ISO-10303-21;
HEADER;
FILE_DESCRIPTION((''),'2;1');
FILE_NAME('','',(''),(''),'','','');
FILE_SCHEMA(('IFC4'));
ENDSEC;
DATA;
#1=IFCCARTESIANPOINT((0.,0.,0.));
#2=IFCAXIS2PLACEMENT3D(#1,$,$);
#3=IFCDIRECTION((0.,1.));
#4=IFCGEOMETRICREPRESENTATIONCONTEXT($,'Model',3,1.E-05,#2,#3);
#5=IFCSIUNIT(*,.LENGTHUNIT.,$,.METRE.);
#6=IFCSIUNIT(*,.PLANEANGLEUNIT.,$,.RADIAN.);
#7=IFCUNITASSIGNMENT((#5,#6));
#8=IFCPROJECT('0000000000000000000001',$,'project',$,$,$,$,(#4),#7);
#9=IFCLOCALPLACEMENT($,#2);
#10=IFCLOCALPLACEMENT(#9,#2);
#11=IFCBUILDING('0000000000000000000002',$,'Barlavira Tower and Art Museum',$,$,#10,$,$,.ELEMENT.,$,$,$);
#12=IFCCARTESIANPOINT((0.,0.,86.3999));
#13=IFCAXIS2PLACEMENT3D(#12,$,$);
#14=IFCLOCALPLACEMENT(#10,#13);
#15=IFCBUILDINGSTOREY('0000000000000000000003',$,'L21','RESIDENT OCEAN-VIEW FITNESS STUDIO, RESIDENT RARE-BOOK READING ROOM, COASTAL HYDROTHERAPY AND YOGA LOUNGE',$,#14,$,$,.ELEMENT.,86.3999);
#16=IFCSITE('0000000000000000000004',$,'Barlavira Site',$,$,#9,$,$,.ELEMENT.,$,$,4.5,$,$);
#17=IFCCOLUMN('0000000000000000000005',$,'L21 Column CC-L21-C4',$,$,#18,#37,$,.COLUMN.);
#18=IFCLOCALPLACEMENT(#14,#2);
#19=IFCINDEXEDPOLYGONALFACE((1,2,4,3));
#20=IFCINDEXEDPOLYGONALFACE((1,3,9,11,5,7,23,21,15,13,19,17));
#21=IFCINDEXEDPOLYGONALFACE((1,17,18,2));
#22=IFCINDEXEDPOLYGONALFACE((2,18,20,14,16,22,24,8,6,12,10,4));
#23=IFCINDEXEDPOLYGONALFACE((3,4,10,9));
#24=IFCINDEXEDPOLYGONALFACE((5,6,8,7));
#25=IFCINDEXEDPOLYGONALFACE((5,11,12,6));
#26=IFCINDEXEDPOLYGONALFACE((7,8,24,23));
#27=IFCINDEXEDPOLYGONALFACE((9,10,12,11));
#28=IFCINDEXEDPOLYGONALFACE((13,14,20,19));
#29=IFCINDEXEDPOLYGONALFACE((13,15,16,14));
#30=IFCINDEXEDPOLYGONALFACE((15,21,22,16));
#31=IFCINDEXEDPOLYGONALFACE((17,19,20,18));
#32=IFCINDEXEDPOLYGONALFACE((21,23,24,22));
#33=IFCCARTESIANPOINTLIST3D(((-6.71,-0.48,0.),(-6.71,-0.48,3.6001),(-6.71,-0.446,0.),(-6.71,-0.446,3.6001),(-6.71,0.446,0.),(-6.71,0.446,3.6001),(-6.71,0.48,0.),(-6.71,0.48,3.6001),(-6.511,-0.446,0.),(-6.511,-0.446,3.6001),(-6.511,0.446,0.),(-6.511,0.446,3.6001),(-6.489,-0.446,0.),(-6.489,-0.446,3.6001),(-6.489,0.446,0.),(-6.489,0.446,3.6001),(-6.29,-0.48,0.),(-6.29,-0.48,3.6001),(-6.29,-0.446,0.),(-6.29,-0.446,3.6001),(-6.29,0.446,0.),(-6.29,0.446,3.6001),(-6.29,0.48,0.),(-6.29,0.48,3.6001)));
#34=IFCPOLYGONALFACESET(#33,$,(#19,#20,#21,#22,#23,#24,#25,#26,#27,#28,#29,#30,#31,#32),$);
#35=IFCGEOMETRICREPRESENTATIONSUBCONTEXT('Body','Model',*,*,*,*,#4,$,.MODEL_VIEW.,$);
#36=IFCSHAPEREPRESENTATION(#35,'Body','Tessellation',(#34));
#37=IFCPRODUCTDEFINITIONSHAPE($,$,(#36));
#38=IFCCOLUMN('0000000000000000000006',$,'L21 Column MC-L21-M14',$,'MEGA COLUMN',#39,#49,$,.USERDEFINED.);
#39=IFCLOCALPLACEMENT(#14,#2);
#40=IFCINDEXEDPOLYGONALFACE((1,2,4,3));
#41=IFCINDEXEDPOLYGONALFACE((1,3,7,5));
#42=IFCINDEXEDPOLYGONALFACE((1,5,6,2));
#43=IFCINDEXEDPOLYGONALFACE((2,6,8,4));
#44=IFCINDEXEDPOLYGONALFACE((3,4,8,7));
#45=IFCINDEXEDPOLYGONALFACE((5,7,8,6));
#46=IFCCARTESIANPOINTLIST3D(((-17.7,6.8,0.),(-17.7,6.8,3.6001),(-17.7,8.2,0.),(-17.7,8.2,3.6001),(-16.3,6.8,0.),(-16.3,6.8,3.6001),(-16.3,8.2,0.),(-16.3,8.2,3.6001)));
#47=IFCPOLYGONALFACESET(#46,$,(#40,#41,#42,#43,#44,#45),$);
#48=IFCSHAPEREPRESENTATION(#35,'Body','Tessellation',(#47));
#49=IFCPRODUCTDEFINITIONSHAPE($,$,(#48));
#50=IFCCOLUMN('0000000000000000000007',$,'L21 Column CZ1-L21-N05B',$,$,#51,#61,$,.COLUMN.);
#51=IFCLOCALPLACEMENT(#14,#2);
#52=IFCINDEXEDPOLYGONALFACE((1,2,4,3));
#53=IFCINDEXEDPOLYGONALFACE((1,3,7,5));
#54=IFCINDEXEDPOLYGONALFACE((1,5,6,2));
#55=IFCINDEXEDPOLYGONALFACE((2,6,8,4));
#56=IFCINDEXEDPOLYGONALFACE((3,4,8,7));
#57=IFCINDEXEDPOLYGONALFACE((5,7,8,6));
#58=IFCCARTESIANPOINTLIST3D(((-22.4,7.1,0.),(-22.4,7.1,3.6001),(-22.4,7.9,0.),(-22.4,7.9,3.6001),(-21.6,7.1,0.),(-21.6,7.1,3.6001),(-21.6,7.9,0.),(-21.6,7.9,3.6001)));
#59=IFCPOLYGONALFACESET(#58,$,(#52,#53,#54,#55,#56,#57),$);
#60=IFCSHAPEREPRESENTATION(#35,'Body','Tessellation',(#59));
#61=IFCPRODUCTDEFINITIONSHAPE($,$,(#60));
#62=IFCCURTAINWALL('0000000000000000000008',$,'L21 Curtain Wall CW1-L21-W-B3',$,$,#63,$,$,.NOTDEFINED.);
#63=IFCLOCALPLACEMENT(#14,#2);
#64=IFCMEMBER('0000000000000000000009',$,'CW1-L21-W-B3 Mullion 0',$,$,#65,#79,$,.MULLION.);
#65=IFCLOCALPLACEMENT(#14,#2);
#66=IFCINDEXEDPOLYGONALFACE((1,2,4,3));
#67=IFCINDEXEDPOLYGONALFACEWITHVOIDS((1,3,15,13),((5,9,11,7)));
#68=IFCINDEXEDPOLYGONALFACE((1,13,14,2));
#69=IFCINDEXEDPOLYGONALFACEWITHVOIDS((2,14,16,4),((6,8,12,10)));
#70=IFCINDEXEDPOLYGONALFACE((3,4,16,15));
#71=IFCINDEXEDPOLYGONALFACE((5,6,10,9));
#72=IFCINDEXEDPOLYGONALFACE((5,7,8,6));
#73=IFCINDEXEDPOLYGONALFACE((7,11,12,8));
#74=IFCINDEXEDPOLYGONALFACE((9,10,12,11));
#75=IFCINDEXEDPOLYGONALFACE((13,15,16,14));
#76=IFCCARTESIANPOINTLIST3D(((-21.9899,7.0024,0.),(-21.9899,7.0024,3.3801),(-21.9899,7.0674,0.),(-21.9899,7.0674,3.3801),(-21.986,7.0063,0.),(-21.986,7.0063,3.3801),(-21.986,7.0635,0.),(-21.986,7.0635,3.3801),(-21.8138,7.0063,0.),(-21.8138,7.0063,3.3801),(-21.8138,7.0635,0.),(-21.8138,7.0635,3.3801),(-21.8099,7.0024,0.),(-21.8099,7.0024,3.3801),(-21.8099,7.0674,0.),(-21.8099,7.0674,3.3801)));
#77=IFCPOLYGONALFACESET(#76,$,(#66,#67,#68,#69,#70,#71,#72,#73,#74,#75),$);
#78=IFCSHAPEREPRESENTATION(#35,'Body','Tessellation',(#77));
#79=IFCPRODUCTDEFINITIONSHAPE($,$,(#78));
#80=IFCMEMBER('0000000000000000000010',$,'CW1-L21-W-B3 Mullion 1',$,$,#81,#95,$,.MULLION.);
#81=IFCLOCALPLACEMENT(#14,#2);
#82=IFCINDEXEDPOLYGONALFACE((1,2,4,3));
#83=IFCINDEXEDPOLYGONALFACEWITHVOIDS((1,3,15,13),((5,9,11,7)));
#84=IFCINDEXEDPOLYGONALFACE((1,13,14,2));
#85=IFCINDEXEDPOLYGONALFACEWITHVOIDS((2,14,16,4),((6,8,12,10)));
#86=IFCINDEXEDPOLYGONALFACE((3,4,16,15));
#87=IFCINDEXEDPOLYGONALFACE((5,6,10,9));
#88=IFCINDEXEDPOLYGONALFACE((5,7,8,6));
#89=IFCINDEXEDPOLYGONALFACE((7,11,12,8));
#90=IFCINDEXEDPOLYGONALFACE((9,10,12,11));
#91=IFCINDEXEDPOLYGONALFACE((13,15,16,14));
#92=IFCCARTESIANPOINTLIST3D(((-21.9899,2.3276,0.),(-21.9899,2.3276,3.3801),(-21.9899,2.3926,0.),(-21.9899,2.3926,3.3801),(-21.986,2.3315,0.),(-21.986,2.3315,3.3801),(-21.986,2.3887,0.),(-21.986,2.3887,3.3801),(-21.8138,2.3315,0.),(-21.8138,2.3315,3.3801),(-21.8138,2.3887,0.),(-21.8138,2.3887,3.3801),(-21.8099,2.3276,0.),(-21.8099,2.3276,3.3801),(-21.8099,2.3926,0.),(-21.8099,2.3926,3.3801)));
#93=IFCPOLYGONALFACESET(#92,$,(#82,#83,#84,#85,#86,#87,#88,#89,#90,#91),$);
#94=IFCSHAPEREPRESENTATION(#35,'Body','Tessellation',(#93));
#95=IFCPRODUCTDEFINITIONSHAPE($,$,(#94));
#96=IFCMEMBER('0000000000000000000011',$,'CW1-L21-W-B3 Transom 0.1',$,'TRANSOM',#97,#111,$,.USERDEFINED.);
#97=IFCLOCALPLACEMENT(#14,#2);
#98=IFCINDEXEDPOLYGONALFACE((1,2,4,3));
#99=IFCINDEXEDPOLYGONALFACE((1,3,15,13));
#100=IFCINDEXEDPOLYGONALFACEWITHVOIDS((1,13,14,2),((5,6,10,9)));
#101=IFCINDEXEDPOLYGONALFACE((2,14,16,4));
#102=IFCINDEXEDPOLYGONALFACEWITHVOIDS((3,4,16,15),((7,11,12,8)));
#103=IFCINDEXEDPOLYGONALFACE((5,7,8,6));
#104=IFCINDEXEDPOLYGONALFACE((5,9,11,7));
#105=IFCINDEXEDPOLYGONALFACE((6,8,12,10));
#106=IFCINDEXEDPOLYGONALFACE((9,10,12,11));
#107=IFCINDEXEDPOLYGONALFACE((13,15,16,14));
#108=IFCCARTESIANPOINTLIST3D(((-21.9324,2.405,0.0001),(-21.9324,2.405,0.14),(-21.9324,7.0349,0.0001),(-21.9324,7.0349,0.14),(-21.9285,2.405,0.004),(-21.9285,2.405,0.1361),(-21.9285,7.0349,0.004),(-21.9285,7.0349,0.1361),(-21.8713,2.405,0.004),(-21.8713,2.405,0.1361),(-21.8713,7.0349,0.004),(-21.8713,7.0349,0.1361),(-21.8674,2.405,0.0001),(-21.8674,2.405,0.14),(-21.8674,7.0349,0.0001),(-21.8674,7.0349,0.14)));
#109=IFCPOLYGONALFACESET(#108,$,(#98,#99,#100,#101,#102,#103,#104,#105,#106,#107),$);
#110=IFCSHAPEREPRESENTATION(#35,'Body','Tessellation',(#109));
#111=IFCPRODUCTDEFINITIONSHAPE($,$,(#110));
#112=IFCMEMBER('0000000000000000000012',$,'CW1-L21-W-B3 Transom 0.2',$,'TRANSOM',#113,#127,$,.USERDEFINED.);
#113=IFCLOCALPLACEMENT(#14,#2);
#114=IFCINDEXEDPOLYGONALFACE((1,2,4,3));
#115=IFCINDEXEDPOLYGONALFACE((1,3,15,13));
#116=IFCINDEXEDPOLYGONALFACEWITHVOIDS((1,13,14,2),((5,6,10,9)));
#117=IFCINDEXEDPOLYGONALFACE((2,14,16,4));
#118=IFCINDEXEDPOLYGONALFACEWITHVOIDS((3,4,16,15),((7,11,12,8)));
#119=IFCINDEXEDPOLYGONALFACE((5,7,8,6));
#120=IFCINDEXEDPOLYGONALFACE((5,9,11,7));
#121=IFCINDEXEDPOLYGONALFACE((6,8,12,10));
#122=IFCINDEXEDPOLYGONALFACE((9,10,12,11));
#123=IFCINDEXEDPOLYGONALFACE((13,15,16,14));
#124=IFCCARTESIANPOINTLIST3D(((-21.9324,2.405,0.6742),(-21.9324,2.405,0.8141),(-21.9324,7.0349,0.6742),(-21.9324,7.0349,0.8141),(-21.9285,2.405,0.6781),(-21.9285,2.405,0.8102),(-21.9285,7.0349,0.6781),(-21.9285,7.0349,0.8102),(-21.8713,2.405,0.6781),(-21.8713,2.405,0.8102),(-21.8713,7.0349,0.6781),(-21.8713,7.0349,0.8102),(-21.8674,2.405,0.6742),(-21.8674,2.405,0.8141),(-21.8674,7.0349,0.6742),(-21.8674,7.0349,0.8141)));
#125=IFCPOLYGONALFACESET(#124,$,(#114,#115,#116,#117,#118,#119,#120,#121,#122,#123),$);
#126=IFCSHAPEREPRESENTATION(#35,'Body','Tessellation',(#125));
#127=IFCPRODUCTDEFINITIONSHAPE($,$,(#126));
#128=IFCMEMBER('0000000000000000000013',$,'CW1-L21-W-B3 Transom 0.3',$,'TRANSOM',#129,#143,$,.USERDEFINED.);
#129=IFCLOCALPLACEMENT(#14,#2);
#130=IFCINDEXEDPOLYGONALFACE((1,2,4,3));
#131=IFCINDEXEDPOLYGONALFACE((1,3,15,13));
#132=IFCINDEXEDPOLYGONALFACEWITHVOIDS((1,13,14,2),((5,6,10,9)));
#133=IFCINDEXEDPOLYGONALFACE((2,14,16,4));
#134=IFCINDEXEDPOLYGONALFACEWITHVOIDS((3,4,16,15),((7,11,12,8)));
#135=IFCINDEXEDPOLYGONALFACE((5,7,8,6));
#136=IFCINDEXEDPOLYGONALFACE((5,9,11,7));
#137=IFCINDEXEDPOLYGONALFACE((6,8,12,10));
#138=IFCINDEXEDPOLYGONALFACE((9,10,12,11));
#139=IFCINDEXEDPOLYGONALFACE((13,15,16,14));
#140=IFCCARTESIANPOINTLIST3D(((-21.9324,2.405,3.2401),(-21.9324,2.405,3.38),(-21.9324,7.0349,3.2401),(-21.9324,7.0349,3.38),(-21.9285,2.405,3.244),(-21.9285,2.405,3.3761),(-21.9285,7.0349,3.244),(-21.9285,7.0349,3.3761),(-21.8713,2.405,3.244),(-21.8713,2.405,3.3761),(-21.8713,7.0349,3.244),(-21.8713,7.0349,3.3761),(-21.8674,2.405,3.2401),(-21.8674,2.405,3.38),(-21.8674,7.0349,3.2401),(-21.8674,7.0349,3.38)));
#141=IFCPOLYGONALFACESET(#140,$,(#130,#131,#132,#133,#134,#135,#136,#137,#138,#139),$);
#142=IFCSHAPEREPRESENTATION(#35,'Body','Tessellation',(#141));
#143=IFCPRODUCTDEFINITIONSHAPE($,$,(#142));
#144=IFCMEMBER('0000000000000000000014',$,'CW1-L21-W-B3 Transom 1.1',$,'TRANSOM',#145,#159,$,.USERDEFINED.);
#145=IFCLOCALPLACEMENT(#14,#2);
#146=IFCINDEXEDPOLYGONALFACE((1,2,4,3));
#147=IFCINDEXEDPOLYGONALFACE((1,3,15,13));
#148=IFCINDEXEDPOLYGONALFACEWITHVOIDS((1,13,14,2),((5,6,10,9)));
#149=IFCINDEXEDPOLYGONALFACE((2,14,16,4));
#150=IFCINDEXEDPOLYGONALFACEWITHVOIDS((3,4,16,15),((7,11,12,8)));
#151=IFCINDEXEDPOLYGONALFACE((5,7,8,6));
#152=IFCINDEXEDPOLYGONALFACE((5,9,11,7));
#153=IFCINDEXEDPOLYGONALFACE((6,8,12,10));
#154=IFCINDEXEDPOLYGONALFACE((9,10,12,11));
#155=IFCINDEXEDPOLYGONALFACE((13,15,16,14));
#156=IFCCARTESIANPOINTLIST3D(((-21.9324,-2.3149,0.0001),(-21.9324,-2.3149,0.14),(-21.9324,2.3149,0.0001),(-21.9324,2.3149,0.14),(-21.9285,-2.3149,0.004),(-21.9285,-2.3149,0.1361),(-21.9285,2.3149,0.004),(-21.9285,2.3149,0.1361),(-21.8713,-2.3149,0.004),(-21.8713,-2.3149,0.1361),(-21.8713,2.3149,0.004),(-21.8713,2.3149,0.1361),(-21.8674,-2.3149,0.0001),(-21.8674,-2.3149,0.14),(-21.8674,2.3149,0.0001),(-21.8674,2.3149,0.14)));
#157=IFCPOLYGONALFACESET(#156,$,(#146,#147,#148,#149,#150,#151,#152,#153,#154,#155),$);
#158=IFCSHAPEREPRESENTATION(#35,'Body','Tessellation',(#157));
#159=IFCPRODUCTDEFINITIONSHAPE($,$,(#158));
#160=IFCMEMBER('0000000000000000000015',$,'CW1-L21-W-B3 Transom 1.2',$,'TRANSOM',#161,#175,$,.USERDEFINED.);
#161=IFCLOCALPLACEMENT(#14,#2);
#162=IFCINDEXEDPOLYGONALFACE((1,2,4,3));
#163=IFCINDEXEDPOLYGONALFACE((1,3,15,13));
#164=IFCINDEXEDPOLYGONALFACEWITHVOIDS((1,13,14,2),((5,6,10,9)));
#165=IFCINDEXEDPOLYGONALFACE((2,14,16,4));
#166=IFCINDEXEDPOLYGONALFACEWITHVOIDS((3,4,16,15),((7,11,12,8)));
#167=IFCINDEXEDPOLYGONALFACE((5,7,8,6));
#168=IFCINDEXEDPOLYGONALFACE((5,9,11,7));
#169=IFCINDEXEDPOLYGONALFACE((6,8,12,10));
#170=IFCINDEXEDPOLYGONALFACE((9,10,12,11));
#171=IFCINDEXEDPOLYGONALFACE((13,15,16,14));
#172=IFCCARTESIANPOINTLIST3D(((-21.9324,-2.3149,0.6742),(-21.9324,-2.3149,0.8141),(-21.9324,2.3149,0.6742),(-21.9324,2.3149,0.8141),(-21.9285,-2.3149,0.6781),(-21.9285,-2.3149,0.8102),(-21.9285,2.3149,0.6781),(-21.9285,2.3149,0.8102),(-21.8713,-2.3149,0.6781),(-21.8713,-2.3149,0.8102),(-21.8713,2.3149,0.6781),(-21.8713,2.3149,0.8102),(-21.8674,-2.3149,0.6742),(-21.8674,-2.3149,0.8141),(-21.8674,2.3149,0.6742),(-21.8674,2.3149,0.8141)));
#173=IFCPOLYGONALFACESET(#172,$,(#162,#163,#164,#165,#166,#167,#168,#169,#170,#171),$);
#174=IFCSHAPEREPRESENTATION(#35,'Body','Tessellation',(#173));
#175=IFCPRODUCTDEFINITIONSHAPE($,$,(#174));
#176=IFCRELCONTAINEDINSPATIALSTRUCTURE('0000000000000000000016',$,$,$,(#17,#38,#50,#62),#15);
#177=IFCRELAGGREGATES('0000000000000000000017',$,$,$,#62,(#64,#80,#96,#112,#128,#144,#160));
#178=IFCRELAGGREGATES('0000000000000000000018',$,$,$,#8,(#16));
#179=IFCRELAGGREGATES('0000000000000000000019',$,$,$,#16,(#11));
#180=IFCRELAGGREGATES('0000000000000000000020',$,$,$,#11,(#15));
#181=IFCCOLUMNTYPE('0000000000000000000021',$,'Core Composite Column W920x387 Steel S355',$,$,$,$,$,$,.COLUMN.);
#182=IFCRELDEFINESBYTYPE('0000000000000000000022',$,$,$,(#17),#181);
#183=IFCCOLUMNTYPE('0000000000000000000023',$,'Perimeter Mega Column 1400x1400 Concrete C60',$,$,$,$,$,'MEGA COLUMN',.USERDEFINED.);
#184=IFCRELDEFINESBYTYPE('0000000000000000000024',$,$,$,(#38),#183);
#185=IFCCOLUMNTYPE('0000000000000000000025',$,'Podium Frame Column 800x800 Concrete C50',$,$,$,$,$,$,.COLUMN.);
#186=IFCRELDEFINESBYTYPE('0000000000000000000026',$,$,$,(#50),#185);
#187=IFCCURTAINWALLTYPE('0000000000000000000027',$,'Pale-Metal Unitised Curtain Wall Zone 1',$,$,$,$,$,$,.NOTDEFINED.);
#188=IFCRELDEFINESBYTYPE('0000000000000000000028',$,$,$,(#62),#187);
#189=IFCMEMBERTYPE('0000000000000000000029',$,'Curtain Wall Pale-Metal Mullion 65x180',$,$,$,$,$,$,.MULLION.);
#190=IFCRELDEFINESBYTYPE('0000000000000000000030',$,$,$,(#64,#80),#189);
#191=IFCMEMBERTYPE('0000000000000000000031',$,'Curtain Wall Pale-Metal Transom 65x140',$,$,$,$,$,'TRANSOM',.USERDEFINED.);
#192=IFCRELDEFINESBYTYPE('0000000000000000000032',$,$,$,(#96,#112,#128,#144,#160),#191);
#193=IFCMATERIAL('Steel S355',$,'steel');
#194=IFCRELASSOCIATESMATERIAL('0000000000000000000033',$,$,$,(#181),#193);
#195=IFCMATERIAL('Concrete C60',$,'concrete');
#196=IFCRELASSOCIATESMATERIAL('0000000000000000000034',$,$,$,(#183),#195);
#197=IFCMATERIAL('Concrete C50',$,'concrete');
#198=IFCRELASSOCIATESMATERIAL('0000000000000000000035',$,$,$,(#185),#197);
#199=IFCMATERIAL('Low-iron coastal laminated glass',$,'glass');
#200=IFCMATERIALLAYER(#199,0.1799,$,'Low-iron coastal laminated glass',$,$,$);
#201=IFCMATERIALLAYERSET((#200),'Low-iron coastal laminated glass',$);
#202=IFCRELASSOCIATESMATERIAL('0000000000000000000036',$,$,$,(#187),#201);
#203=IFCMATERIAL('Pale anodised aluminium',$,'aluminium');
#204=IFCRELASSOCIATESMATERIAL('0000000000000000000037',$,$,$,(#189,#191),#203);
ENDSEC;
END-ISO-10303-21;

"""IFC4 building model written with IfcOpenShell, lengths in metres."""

from ifc_helpers import new_model, si_unit, direction, frame, origin, origin_2d, place, context, subcontext, project, spatial, rectangle, hollow_rectangle, i_section, extrude, material, layer, layer_set, material_profile, profile_set, type_object, element, aggregate, save


model = new_model("IFC4")

# Units and contexts
model_context = context("Model", 3, precision=1e-05, world=origin(), true_north=direction((0.0, 1.0)))
body_context = subcontext(model_context, "Body", "Model", "MODEL_VIEW")
ifc_project = project(units=[si_unit("LENGTHUNIT", "METRE"), si_unit("PLANEANGLEUNIT", "RADIAN")], contexts=[model_context])

# Site, building, storey
site_placement = place(None, origin())
site = spatial("IfcSite", under=ifc_project, at=site_placement, Name="Barlavira Site", CompositionType="ELEMENT", RefElevation=4.5)
building_placement = place(site_placement, origin())
building = spatial("IfcBuilding", under=site, at=building_placement, Name="Barlavira Tower and Art Museum", CompositionType="ELEMENT")
storey_placement = place(building_placement, frame((0.0, 0.0, 86.3999)))
storey = spatial("IfcBuildingStorey", under=building, at=storey_placement, Name="L21", Description="RESIDENT OCEAN-VIEW FITNESS STUDIO, RESIDENT RARE-BOOK READING ROOM, COASTAL HYDROTHERAPY AND YOGA LOUNGE", CompositionType="ELEMENT", Elevation=86.3999)

# Columns
ifc_material_1 = material(Name="Steel S355", Category="steel")
ifc_material_profile_1 = material_profile(ifc_material_1, i_section(OverallWidth=0.4199, OverallDepth=0.96, WebThickness=0.022, FlangeThickness=0.0339, at=origin_2d()), Name="W920x387.0")
ifc_profile_set_1 = profile_set([ifc_material_profile_1], Name="Steel S355")
column_type_1 = type_object("IfcColumnType", Name="Core Composite Column W920x387 Steel S355", PredefinedType="COLUMN", material=ifc_profile_set_1)
column_1_placement = place(storey_placement, frame((-6.5, 0.0, 0.0), z_axis=(0.0, 0.0, 1.0), x_axis=(1.0, 0.0, 0.0)))
element("IfcColumn", 1, at=column_1_placement, inside=storey, type_object=column_type_1, Name="L21 Column CC-L21-C4", PredefinedType="COLUMN", context=body_context, shape_type="SweptSolid", body=[
    extrude(i_section(OverallWidth=0.4199, OverallDepth=0.96, WebThickness=0.022, FlangeThickness=0.0339, at=origin_2d()), origin(), (0.0, 0.0, 1.0), 3.6001),
])
ifc_material_2 = material(Name="Concrete C60", Category="concrete")
ifc_material_profile_2 = material_profile(ifc_material_2, rectangle(XDim=1.3999, YDim=1.3999, at=origin_2d()), Name="RC-MCOL 1400x1400")
ifc_profile_set_2 = profile_set([ifc_material_profile_2], Name="Concrete C60")
column_type_2 = type_object("IfcColumnType", Name="Perimeter Mega Column 1400x1400 Concrete C60", ElementType="MEGA COLUMN", PredefinedType="USERDEFINED", material=ifc_profile_set_2)
column_2_placement = place(storey_placement, frame((-17.0, 7.5, 0.0), z_axis=(0.0, 0.0, 1.0), x_axis=(1.0, 0.0, 0.0)))
element("IfcColumn", 2, at=column_2_placement, inside=storey, type_object=column_type_2, Name="L21 Column MC-L21-M14", ObjectType="MEGA COLUMN", PredefinedType="USERDEFINED", context=body_context, shape_type="SweptSolid", body=[
    extrude(rectangle(XDim=1.3999, YDim=1.3999, at=origin_2d()), origin(), (0.0, 0.0, 1.0), 3.6001),
])
ifc_material_3 = material(Name="Concrete C50", Category="concrete")
ifc_material_profile_3 = material_profile(ifc_material_3, rectangle(XDim=0.8, YDim=0.8, at=origin_2d()), Name="RC-COL 800x800")
ifc_profile_set_3 = profile_set([ifc_material_profile_3], Name="Concrete C50")
column_type_3 = type_object("IfcColumnType", Name="Podium Frame Column 800x800 Concrete C50", PredefinedType="COLUMN", material=ifc_profile_set_3)
column_3_placement = place(storey_placement, frame((-22.0, 7.5, 0.0), z_axis=(0.0, 0.0, 1.0), x_axis=(1.0, 0.0, 0.0)))
element("IfcColumn", 3, at=column_3_placement, inside=storey, type_object=column_type_3, Name="L21 Column CZ1-L21-N05B", PredefinedType="COLUMN", context=body_context, shape_type="SweptSolid", body=[
    extrude(rectangle(XDim=0.8, YDim=0.8, at=origin_2d()), origin(), (0.0, 0.0, 1.0), 3.6001),
])

# Curtain wall, members
ifc_material_4 = material(Name="Low-iron coastal laminated glass", Category="glass")
ifc_layer_1 = layer(ifc_material_4, 0.1799, Name="Low-iron coastal laminated glass")
ifc_layer_set_1 = layer_set([ifc_layer_1], Name="Low-iron coastal laminated glass")
curtain_wall_type = type_object("IfcCurtainWallType", Name="Pale-Metal Unitised Curtain Wall Zone 1", PredefinedType="NOTDEFINED", material=ifc_layer_set_1)
curtain_wall_placement = place(storey_placement, origin())
curtain_wall = element("IfcCurtainWall", 4, at=curtain_wall_placement, inside=storey, type_object=curtain_wall_type, Name="L21 Curtain Wall CW1-L21-W-B3", PredefinedType="NOTDEFINED")
ifc_material_5 = material(Name="Pale anodised aluminium", Category="aluminium")
ifc_material_profile_4 = material_profile(ifc_material_5, hollow_rectangle(XDim=0.0649, YDim=0.1799, WallThickness=0.0039, at=origin_2d()), Name="ALU-MULL 65x180x4")
ifc_profile_set_4 = profile_set([ifc_material_profile_4], Name="Pale anodised aluminium")
member_type_1 = type_object("IfcMemberType", Name="Curtain Wall Pale-Metal Mullion 65x180", PredefinedType="MULLION", material=ifc_profile_set_4)
member_1_placement = place(storey_placement, frame((-21.8999, 7.0349, 0.0), z_axis=(0.0, 0.0, 1.0), x_axis=(0.0, -1.0, 0.0)))
member_1 = element("IfcMember", 5, at=member_1_placement, type_object=member_type_1, Name="CW1-L21-W-B3 Mullion 0", PredefinedType="MULLION", context=body_context, shape_type="SweptSolid", body=[
    extrude(hollow_rectangle(XDim=0.0649, YDim=0.1799, WallThickness=0.0039, at=origin_2d()), origin(), (0.0, 0.0, 1.0), 3.3801),
])
member_2_placement = place(storey_placement, frame((-21.8999, 2.3601, 0.0), z_axis=(0.0, 0.0, 1.0), x_axis=(0.0, -1.0, 0.0)))
member_2 = element("IfcMember", 6, at=member_2_placement, type_object=member_type_1, Name="CW1-L21-W-B3 Mullion 1", PredefinedType="MULLION", context=body_context, shape_type="SweptSolid", body=[
    extrude(hollow_rectangle(XDim=0.0649, YDim=0.1799, WallThickness=0.0039, at=origin_2d()), origin(), (0.0, 0.0, 1.0), 3.3801),
])
ifc_material_profile_5 = material_profile(ifc_material_5, hollow_rectangle(XDim=0.0649, YDim=0.1399, WallThickness=0.0039, at=origin_2d()), Name="ALU-TRAN 65x140x4")
ifc_profile_set_5 = profile_set([ifc_material_profile_5], Name="Pale anodised aluminium")
member_type_2 = type_object("IfcMemberType", Name="Curtain Wall Pale-Metal Transom 65x140", ElementType="TRANSOM", PredefinedType="USERDEFINED", material=ifc_profile_set_5)
member_3_placement = place(storey_placement, frame((-21.8999, 7.0349, 0.0701), z_axis=(0.0, -1.0, 0.0), x_axis=(1.0, 0.0, 0.0)))
member_3 = element("IfcMember", 7, at=member_3_placement, type_object=member_type_2, Name="CW1-L21-W-B3 Transom 0.1", ObjectType="TRANSOM", PredefinedType="USERDEFINED", context=body_context, shape_type="SweptSolid", body=[
    extrude(hollow_rectangle(XDim=0.0649, YDim=0.1399, WallThickness=0.0039, at=origin_2d()), origin(), (0.0, 0.0, 1.0), 4.6299),
])
member_4_placement = place(storey_placement, frame((-21.8999, 7.0349, 0.7441), z_axis=(0.0, -1.0, 0.0), x_axis=(1.0, 0.0, 0.0)))
member_4 = element("IfcMember", 8, at=member_4_placement, type_object=member_type_2, Name="CW1-L21-W-B3 Transom 0.2", ObjectType="TRANSOM", PredefinedType="USERDEFINED", context=body_context, shape_type="SweptSolid", body=[
    extrude(hollow_rectangle(XDim=0.0649, YDim=0.1399, WallThickness=0.0039, at=origin_2d()), origin(), (0.0, 0.0, 1.0), 4.6299),
])
member_5_placement = place(storey_placement, frame((-21.8999, 7.0349, 3.3101), z_axis=(0.0, -1.0, 0.0), x_axis=(1.0, 0.0, 0.0)))
member_5 = element("IfcMember", 9, at=member_5_placement, type_object=member_type_2, Name="CW1-L21-W-B3 Transom 0.3", ObjectType="TRANSOM", PredefinedType="USERDEFINED", context=body_context, shape_type="SweptSolid", body=[
    extrude(hollow_rectangle(XDim=0.0649, YDim=0.1399, WallThickness=0.0039, at=origin_2d()), origin(), (0.0, 0.0, 1.0), 4.6299),
])
member_6_placement = place(storey_placement, frame((-21.8999, 2.3149, 0.0701), z_axis=(0.0, -1.0, 0.0), x_axis=(1.0, 0.0, 0.0)))
member_6 = element("IfcMember", 10, at=member_6_placement, type_object=member_type_2, Name="CW1-L21-W-B3 Transom 1.1", ObjectType="TRANSOM", PredefinedType="USERDEFINED", context=body_context, shape_type="SweptSolid", body=[
    extrude(hollow_rectangle(XDim=0.0649, YDim=0.1399, WallThickness=0.0039, at=origin_2d()), origin(), (0.0, 0.0, 1.0), 4.6299),
])
member_7_placement = place(storey_placement, frame((-21.8999, 2.3149, 0.7441), z_axis=(0.0, -1.0, 0.0), x_axis=(1.0, 0.0, 0.0)))
member_7 = element("IfcMember", 11, at=member_7_placement, type_object=member_type_2, Name="CW1-L21-W-B3 Transom 1.2", ObjectType="TRANSOM", PredefinedType="USERDEFINED", context=body_context, shape_type="SweptSolid", body=[
    extrude(hollow_rectangle(XDim=0.0649, YDim=0.1399, WallThickness=0.0039, at=origin_2d()), origin(), (0.0, 0.0, 1.0), 4.6299),
])

aggregate(curtain_wall, [member_1, member_2, member_3, member_4, member_5, member_6, member_7])

save(model, "model.ifc")
